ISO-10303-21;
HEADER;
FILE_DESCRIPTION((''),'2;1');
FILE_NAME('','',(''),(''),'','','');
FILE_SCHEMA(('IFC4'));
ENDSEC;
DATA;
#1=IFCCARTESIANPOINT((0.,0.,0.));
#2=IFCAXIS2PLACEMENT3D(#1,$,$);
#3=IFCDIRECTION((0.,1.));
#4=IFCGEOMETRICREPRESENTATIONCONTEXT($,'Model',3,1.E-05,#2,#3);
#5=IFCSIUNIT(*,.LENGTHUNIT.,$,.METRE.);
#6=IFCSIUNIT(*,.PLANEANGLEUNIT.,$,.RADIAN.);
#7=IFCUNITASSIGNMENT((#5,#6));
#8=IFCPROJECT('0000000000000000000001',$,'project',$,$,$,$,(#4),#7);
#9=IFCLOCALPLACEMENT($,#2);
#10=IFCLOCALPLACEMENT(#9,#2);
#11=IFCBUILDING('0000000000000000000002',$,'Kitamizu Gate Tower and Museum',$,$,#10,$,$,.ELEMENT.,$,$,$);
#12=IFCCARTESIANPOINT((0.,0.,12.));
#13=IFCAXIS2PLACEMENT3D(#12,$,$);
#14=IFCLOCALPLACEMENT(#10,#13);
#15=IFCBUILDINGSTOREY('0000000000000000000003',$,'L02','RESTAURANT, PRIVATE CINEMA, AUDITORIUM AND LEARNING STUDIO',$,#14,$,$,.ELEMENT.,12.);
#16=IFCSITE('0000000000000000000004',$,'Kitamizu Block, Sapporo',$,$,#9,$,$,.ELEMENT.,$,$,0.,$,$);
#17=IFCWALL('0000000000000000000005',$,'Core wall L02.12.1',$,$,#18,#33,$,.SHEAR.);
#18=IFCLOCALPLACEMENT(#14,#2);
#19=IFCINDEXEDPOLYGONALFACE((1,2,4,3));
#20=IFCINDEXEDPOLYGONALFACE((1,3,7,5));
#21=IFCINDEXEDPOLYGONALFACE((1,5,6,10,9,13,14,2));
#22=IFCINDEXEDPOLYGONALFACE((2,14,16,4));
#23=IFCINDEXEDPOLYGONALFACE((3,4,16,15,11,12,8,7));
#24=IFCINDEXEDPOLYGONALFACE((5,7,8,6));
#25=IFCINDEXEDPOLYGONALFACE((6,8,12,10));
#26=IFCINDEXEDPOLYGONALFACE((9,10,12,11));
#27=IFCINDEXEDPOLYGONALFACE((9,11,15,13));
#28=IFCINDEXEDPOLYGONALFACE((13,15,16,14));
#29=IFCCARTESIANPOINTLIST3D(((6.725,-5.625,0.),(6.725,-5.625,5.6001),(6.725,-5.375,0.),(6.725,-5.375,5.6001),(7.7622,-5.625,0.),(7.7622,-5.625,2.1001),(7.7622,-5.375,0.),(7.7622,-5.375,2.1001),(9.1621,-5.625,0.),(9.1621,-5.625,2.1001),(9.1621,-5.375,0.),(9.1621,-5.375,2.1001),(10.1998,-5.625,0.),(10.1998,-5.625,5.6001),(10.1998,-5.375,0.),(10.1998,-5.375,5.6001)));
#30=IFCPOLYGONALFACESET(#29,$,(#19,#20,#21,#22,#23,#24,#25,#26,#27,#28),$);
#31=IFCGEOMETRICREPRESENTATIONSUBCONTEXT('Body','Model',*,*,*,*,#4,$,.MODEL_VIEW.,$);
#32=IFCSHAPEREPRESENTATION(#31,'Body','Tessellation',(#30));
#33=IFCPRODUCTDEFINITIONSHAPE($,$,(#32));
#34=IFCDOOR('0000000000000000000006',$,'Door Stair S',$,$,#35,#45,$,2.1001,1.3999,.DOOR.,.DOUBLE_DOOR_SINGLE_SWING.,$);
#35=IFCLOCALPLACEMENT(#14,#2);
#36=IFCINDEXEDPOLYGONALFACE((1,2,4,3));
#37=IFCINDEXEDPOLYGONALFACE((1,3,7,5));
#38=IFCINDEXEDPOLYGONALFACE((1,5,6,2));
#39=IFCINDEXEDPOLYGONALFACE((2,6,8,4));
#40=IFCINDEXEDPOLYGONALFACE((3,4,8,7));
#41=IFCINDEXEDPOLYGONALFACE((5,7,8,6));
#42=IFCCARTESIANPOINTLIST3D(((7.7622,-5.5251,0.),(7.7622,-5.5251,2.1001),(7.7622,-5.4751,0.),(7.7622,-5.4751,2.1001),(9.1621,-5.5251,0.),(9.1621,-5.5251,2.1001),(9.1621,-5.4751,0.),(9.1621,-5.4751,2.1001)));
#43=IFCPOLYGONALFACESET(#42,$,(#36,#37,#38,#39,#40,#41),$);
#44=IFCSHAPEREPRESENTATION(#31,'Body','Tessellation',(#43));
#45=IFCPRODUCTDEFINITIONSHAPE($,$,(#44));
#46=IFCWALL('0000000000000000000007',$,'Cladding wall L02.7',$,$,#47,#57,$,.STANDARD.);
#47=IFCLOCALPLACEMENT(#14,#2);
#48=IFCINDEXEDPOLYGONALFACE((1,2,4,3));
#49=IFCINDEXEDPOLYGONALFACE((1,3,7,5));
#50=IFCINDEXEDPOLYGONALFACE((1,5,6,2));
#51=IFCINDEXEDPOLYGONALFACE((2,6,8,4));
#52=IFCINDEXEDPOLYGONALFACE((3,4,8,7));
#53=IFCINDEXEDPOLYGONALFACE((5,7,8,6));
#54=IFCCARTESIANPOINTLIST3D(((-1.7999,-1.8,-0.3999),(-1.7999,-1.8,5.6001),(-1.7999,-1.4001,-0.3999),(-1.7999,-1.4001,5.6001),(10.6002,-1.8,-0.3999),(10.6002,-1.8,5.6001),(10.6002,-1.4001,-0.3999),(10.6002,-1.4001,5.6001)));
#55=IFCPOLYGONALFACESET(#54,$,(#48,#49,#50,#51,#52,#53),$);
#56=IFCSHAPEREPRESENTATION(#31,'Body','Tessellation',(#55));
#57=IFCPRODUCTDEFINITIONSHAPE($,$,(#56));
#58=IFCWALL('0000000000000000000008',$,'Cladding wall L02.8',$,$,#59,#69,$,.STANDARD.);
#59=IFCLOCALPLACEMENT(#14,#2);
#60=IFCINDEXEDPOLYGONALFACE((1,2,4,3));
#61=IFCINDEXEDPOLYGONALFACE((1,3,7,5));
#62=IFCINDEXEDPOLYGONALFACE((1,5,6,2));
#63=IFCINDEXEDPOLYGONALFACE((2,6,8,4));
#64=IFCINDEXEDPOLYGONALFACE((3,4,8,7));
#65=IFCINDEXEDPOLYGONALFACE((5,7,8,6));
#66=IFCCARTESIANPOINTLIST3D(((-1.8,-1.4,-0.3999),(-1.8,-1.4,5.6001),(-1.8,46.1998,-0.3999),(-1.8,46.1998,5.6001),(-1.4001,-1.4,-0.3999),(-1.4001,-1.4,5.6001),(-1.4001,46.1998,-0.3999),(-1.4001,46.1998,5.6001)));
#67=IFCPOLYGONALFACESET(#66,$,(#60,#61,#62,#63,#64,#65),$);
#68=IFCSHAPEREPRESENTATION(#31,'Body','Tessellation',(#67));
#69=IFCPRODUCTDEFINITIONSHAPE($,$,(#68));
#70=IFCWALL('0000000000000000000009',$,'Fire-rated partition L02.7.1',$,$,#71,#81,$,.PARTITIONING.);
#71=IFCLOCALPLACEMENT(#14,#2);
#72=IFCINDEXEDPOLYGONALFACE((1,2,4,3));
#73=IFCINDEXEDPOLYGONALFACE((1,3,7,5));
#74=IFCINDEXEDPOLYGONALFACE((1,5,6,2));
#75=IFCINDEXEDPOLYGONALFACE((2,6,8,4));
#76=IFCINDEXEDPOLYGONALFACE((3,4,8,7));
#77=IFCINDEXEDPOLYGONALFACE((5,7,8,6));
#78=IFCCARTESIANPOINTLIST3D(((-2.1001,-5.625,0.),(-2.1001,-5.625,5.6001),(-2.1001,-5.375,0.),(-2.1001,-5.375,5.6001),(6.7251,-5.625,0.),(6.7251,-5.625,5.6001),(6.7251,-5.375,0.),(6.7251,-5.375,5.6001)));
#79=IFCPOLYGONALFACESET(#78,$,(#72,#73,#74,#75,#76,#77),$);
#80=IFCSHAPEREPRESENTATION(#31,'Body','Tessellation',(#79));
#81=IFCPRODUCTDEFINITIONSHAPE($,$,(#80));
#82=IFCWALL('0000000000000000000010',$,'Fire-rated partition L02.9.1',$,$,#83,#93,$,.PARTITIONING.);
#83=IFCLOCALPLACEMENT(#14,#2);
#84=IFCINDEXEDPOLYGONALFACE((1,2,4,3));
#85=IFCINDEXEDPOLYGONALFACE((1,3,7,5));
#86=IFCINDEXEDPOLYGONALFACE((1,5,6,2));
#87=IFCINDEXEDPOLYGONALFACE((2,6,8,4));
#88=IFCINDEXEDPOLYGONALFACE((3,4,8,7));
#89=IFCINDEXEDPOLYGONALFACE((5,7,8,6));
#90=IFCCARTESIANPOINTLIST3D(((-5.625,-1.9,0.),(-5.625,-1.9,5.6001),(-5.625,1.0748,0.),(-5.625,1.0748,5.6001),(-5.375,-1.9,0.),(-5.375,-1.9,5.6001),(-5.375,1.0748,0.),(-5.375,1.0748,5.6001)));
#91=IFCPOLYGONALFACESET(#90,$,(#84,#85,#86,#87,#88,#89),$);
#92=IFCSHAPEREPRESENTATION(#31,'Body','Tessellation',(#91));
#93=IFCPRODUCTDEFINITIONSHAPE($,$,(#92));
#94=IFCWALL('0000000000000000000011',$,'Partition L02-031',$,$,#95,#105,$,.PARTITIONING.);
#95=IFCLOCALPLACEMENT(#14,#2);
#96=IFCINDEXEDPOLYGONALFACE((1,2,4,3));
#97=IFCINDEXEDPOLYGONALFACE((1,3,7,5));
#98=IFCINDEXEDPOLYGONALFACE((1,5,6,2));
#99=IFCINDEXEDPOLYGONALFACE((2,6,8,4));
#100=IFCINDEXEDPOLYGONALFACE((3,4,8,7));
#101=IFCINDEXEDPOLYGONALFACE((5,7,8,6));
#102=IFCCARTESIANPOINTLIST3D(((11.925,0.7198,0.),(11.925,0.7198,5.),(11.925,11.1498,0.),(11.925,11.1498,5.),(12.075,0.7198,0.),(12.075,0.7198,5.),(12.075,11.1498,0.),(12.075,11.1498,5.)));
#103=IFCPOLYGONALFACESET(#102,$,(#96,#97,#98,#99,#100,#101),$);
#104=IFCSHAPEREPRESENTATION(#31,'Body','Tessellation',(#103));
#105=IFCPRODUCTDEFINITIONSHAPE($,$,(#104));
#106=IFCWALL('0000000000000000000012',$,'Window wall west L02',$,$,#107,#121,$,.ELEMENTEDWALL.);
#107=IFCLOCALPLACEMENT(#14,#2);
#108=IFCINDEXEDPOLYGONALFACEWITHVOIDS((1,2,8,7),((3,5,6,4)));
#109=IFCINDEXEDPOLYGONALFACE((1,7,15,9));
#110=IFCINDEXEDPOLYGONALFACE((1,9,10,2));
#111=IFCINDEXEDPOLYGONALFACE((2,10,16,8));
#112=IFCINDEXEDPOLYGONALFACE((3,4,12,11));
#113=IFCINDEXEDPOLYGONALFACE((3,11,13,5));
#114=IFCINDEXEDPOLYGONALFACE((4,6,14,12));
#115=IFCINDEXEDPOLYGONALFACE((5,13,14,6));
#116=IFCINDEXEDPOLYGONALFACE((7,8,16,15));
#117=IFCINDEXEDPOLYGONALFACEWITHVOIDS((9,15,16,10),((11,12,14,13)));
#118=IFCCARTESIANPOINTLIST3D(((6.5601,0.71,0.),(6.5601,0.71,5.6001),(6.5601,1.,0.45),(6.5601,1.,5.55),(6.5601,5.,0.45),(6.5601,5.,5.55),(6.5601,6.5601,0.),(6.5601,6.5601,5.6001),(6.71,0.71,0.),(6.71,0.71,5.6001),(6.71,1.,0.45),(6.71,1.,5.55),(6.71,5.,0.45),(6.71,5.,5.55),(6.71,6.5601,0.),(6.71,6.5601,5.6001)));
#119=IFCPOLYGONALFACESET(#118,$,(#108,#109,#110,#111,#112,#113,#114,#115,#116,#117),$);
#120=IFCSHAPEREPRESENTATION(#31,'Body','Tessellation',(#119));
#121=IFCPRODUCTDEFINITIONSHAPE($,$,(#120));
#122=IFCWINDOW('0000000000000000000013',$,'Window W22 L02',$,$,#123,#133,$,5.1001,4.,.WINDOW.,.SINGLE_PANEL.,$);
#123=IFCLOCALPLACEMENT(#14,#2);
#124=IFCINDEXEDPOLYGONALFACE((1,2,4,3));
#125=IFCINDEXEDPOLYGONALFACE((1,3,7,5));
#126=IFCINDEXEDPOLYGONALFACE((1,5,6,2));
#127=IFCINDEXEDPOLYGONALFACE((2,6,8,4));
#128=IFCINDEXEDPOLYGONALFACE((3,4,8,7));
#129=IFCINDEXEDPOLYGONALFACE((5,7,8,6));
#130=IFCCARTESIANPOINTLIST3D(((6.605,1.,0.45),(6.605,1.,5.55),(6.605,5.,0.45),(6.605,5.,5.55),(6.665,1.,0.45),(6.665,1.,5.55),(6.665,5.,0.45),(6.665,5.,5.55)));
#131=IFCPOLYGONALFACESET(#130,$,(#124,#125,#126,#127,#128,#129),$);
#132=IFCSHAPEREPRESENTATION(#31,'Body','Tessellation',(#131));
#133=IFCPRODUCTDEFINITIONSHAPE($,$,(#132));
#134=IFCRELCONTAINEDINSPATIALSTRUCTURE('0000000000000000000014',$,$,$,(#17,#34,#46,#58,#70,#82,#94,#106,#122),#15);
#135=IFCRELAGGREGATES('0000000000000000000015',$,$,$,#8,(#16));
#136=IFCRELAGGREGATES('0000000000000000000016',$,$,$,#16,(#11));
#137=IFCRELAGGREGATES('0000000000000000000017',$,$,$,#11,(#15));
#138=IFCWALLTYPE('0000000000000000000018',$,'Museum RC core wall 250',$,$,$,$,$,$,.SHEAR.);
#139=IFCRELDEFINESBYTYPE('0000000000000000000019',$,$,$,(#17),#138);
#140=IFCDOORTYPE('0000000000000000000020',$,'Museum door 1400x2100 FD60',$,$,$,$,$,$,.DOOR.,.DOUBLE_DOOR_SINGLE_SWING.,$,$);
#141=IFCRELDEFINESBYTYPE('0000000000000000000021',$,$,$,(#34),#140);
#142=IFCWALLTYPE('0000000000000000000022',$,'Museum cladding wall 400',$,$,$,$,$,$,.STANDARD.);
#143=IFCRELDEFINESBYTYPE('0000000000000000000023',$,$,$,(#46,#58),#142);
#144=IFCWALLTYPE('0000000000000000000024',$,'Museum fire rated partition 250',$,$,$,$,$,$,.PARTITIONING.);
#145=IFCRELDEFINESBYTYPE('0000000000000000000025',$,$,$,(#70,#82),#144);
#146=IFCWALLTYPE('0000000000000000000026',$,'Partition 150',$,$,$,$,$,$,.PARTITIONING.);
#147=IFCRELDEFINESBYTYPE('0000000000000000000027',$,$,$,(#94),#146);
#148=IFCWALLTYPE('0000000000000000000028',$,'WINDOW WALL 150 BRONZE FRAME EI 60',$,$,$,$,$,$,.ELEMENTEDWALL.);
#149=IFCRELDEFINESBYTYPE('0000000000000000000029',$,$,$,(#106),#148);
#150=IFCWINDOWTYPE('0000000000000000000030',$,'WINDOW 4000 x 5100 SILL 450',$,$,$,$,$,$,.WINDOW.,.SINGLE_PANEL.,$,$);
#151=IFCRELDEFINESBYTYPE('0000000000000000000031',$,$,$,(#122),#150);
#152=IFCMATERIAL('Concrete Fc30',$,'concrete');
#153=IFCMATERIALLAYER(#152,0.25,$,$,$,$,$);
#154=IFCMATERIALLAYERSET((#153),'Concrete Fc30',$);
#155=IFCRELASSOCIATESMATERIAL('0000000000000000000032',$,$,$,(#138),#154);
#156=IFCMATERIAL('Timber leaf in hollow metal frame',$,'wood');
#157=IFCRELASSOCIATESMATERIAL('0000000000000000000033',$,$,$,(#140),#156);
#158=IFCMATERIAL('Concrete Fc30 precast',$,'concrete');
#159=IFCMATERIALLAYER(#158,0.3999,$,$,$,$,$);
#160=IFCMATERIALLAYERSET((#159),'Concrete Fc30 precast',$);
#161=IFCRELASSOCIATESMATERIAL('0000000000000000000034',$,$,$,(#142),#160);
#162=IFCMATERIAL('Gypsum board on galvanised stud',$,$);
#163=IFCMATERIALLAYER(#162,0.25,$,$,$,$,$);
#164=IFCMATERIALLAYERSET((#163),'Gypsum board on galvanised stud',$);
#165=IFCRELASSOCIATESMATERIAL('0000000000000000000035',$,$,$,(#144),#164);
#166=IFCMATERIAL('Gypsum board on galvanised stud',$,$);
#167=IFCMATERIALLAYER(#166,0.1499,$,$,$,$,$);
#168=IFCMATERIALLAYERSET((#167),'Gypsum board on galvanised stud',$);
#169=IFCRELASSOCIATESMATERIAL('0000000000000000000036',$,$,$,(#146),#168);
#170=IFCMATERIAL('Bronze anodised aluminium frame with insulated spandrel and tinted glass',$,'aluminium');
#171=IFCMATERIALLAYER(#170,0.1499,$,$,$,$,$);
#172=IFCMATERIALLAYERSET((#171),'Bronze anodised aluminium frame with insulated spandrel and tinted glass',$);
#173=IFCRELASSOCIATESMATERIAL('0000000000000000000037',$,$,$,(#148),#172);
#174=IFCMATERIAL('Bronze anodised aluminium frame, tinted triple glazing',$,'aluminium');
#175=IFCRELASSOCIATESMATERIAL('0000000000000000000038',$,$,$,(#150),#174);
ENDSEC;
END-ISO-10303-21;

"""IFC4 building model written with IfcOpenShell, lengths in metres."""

from ifc_helpers import new_model, si_unit, direction, frame, frame_2d, origin, place, context, subcontext, project, spatial, rectangle, extrude, material, layer, layer_set, type_object, element, fill, save


model = new_model("IFC4")

# Units and contexts
model_context = context("Model", 3, precision=1e-05, world=origin(), true_north=direction((0.0, 1.0)))
body_context = subcontext(model_context, "Body", "Model", "MODEL_VIEW")
ifc_project = project(units=[si_unit("LENGTHUNIT", "METRE"), si_unit("PLANEANGLEUNIT", "RADIAN")], contexts=[model_context])

# Site, building, storey
site_placement = place(None, origin())
site = spatial("IfcSite", under=ifc_project, at=site_placement, Name="Kitamizu Block, Sapporo", CompositionType="ELEMENT", RefElevation=0.0)
building_placement = place(site_placement, origin())
building = spatial("IfcBuilding", under=site, at=building_placement, Name="Kitamizu Gate Tower and Museum", CompositionType="ELEMENT")
storey_placement = place(building_placement, frame((0.0, 0.0, 12.0)))
storey = spatial("IfcBuildingStorey", under=building, at=storey_placement, Name="L02", Description="RESTAURANT, PRIVATE CINEMA, AUDITORIUM AND LEARNING STUDIO", CompositionType="ELEMENT", Elevation=12.0)

# Shared definitions
ifc_material_1 = material(Name="Concrete Fc30", Category="concrete")
ifc_layer_1 = layer(ifc_material_1, 0.25)
ifc_layer_set_1 = layer_set([ifc_layer_1], Name="Concrete Fc30")
wall_type_1 = type_object("IfcWallType", Name="Museum RC core wall 250", PredefinedType="SHEAR", material=ifc_layer_set_1)

# Wall, opening, door
wall_1_placement = place(storey_placement, frame((6.7251, -5.5, 0.0), z_axis=(0.0, 0.0, 1.0), x_axis=(1.0, 0.0, 0.0)))
wall_1 = element("IfcWall", 1, at=wall_1_placement, inside=storey, type_object=wall_type_1, Name="Core wall L02.12.1", PredefinedType="SHEAR", context=body_context, shape_type="SweptSolid", body=[
    extrude(rectangle(XDim=3.4749, YDim=0.25, at=frame_2d((1.7373, 0.0))), origin(), (0.0, 0.0, 1.0), 5.6001),
])
opening_1_placement = place(wall_1_placement, frame((1.0371, 0.0, 0.0)))
opening_1 = element("IfcOpeningElement", 2, at=opening_1_placement, cuts=wall_1, PredefinedType="OPENING", context=body_context, shape_type="SweptSolid", body=[
    extrude(rectangle(XDim=1.3999, YDim=2.1001, at=frame_2d((0.7, 1.05))), frame((0.0, 0.135, 0.0), z_axis=(0.0, -1.0, 0.0), x_axis=(1.0, 0.0, 0.0)), (0.0, 0.0, 1.0), 0.27),
])
ifc_material_2 = material(Name="Timber leaf in hollow metal frame", Category="wood")
door_type = type_object("IfcDoorType", Name="Museum door 1400x2100 FD60", OperationType="DOUBLE_DOOR_SINGLE_SWING", PredefinedType="DOOR", material=ifc_material_2)
door_placement = place(opening_1_placement, origin())
door = element("IfcDoor", 3, at=door_placement, inside=storey, type_object=door_type, Name="Door Stair S", OperationType="DOUBLE_DOOR_SINGLE_SWING", OverallHeight=2.1001, OverallWidth=1.3999, PredefinedType="DOOR", context=body_context, shape_type="SweptSolid", body=[
    extrude(rectangle(XDim=1.3999, YDim=2.1001, at=frame_2d((0.7, 1.05))), frame((0.0, 0.0249, 0.0), z_axis=(0.0, -1.0, 0.0), x_axis=(1.0, 0.0, 0.0)), (0.0, 0.0, 1.0), 0.05),
])
fill(opening_1, door)

# Walls
ifc_material_3 = material(Name="Concrete Fc30 precast", Category="concrete")
ifc_layer_2 = layer(ifc_material_3, 0.3999)
ifc_layer_set_2 = layer_set([ifc_layer_2], Name="Concrete Fc30 precast")
wall_type_2 = type_object("IfcWallType", Name="Museum cladding wall 400", PredefinedType="STANDARD", material=ifc_layer_set_2)
wall_2_placement = place(storey_placement, frame((-1.8, -1.6001, -0.3999), z_axis=(0.0, 0.0, 1.0), x_axis=(1.0, 0.0, 0.0)))
element("IfcWall", 4, at=wall_2_placement, inside=storey, type_object=wall_type_2, Name="Cladding wall L02.7", PredefinedType="STANDARD", context=body_context, shape_type="SweptSolid", body=[
    extrude(rectangle(XDim=12.4001, YDim=0.3999, at=frame_2d((6.2002, 0.0))), origin(), (0.0, 0.0, 1.0), 6.0),
])
wall_3_placement = place(storey_placement, frame((-1.6001, -1.3999, -0.3999), z_axis=(0.0, 0.0, 1.0), x_axis=(0.0, 1.0, 0.0)))
element("IfcWall", 5, at=wall_3_placement, inside=storey, type_object=wall_type_2, Name="Cladding wall L02.8", PredefinedType="STANDARD", context=body_context, shape_type="SweptSolid", body=[
    extrude(rectangle(XDim=47.5999, YDim=0.3999, at=frame_2d((23.7998, 0.0))), origin(), (0.0, 0.0, 1.0), 6.0),
])
ifc_material_4 = material(Name="Gypsum board on galvanised stud")
ifc_layer_3 = layer(ifc_material_4, 0.25)
ifc_layer_set_3 = layer_set([ifc_layer_3], Name="Gypsum board on galvanised stud")
wall_type_3 = type_object("IfcWallType", Name="Museum fire rated partition 250", PredefinedType="PARTITIONING", material=ifc_layer_set_3)
wall_4_placement = place(storey_placement, frame((-2.1001, -5.5, 0.0), z_axis=(0.0, 0.0, 1.0), x_axis=(1.0, 0.0, 0.0)))
element("IfcWall", 6, at=wall_4_placement, inside=storey, type_object=wall_type_3, Name="Fire-rated partition L02.7.1", PredefinedType="PARTITIONING", context=body_context, shape_type="SweptSolid", body=[
    extrude(rectangle(XDim=8.8252, YDim=0.25, at=frame_2d((4.4126, 0.0))), origin(), (0.0, 0.0, 1.0), 5.6001),
])
wall_5_placement = place(storey_placement, frame((-5.5, -1.8999, 0.0), z_axis=(0.0, 0.0, 1.0), x_axis=(0.0, 1.0, 0.0)))
element("IfcWall", 7, at=wall_5_placement, inside=storey, type_object=wall_type_3, Name="Fire-rated partition L02.9.1", PredefinedType="PARTITIONING", context=body_context, shape_type="SweptSolid", body=[
    extrude(rectangle(XDim=2.9749, YDim=0.25, at=frame_2d((1.4873, 0.0))), origin(), (0.0, 0.0, 1.0), 5.6001),
])
ifc_material_5 = material(Name="Gypsum board on galvanised stud")
ifc_layer_4 = layer(ifc_material_5, 0.1499)
ifc_layer_set_4 = layer_set([ifc_layer_4], Name="Gypsum board on galvanised stud")
wall_type_4 = type_object("IfcWallType", Name="Partition 150", PredefinedType="PARTITIONING", material=ifc_layer_set_4)
wall_6_placement = place(storey_placement, frame((12.0, 0.72, 0.0), z_axis=(0.0, 0.0, 1.0), x_axis=(0.0, 1.0, 0.0)))
element("IfcWall", 8, at=wall_6_placement, inside=storey, type_object=wall_type_4, Name="Partition L02-031", PredefinedType="PARTITIONING", context=body_context, shape_type="SweptSolid", body=[
    extrude(rectangle(XDim=10.4299, YDim=0.1499, at=frame_2d((5.2148, 0.0))), origin(), (0.0, 0.0, 1.0), 5.0),
])

# Wall, opening, window
ifc_material_6 = material(Name="Bronze anodised aluminium frame with insulated spandrel and tinted glass", Category="aluminium")
ifc_layer_5 = layer(ifc_material_6, 0.1499)
ifc_layer_set_5 = layer_set([ifc_layer_5], Name="Bronze anodised aluminium frame with insulated spandrel and tinted glass")
wall_type_5 = type_object("IfcWallType", Name="WINDOW WALL 150 BRONZE FRAME EI 60", PredefinedType="ELEMENTEDWALL", material=ifc_layer_set_5)
wall_7_placement = place(storey_placement, frame((6.635, 0.71, 0.0), z_axis=(0.0, 0.0, 1.0), x_axis=(0.0, 1.0, 0.0)))
wall_7 = element("IfcWall", 9, at=wall_7_placement, inside=storey, type_object=wall_type_5, Name="Window wall west L02", PredefinedType="ELEMENTEDWALL", context=body_context, shape_type="SweptSolid", body=[
    extrude(rectangle(XDim=5.8501, YDim=0.1499, at=frame_2d((2.925, 0.0))), origin(), (0.0, 0.0, 1.0), 5.6001),
])
opening_2_placement = place(wall_7_placement, frame((0.29, 0.0, 0.45)))
opening_2 = element("IfcOpeningElement", 10, at=opening_2_placement, cuts=wall_7, PredefinedType="OPENING", context=body_context, shape_type="SweptSolid", body=[
    extrude(rectangle(XDim=4.0, YDim=5.1001, at=frame_2d((2.0, 2.55))), frame((0.0, 0.085, 0.0), z_axis=(0.0, -1.0, 0.0), x_axis=(1.0, 0.0, 0.0)), (0.0, 0.0, 1.0), 0.1699),
])
ifc_material_7 = material(Name="Bronze anodised aluminium frame, tinted triple glazing", Category="aluminium")
window_type_1 = type_object("IfcWindowType", Name="WINDOW 4000 x 5100 SILL 450", PartitioningType="SINGLE_PANEL", PredefinedType="WINDOW", material=ifc_material_7)
window_1_placement = place(opening_2_placement, origin())
window_1 = element("IfcWindow", 11, at=window_1_placement, inside=storey, type_object=window_type_1, Name="Window W22 L02", OverallHeight=5.1001, OverallWidth=4.0, PartitioningType="SINGLE_PANEL", PredefinedType="WINDOW", context=body_context, shape_type="SweptSolid", body=[
    extrude(rectangle(XDim=4.0, YDim=5.1001, at=frame_2d((2.0, 2.55))), frame((0.0, 0.03, 0.0), z_axis=(0.0, -1.0, 0.0), x_axis=(1.0, 0.0, 0.0)), (0.0, 0.0, 1.0), 0.0601),
])
fill(opening_2, window_1)

save(model, "model.ifc")
